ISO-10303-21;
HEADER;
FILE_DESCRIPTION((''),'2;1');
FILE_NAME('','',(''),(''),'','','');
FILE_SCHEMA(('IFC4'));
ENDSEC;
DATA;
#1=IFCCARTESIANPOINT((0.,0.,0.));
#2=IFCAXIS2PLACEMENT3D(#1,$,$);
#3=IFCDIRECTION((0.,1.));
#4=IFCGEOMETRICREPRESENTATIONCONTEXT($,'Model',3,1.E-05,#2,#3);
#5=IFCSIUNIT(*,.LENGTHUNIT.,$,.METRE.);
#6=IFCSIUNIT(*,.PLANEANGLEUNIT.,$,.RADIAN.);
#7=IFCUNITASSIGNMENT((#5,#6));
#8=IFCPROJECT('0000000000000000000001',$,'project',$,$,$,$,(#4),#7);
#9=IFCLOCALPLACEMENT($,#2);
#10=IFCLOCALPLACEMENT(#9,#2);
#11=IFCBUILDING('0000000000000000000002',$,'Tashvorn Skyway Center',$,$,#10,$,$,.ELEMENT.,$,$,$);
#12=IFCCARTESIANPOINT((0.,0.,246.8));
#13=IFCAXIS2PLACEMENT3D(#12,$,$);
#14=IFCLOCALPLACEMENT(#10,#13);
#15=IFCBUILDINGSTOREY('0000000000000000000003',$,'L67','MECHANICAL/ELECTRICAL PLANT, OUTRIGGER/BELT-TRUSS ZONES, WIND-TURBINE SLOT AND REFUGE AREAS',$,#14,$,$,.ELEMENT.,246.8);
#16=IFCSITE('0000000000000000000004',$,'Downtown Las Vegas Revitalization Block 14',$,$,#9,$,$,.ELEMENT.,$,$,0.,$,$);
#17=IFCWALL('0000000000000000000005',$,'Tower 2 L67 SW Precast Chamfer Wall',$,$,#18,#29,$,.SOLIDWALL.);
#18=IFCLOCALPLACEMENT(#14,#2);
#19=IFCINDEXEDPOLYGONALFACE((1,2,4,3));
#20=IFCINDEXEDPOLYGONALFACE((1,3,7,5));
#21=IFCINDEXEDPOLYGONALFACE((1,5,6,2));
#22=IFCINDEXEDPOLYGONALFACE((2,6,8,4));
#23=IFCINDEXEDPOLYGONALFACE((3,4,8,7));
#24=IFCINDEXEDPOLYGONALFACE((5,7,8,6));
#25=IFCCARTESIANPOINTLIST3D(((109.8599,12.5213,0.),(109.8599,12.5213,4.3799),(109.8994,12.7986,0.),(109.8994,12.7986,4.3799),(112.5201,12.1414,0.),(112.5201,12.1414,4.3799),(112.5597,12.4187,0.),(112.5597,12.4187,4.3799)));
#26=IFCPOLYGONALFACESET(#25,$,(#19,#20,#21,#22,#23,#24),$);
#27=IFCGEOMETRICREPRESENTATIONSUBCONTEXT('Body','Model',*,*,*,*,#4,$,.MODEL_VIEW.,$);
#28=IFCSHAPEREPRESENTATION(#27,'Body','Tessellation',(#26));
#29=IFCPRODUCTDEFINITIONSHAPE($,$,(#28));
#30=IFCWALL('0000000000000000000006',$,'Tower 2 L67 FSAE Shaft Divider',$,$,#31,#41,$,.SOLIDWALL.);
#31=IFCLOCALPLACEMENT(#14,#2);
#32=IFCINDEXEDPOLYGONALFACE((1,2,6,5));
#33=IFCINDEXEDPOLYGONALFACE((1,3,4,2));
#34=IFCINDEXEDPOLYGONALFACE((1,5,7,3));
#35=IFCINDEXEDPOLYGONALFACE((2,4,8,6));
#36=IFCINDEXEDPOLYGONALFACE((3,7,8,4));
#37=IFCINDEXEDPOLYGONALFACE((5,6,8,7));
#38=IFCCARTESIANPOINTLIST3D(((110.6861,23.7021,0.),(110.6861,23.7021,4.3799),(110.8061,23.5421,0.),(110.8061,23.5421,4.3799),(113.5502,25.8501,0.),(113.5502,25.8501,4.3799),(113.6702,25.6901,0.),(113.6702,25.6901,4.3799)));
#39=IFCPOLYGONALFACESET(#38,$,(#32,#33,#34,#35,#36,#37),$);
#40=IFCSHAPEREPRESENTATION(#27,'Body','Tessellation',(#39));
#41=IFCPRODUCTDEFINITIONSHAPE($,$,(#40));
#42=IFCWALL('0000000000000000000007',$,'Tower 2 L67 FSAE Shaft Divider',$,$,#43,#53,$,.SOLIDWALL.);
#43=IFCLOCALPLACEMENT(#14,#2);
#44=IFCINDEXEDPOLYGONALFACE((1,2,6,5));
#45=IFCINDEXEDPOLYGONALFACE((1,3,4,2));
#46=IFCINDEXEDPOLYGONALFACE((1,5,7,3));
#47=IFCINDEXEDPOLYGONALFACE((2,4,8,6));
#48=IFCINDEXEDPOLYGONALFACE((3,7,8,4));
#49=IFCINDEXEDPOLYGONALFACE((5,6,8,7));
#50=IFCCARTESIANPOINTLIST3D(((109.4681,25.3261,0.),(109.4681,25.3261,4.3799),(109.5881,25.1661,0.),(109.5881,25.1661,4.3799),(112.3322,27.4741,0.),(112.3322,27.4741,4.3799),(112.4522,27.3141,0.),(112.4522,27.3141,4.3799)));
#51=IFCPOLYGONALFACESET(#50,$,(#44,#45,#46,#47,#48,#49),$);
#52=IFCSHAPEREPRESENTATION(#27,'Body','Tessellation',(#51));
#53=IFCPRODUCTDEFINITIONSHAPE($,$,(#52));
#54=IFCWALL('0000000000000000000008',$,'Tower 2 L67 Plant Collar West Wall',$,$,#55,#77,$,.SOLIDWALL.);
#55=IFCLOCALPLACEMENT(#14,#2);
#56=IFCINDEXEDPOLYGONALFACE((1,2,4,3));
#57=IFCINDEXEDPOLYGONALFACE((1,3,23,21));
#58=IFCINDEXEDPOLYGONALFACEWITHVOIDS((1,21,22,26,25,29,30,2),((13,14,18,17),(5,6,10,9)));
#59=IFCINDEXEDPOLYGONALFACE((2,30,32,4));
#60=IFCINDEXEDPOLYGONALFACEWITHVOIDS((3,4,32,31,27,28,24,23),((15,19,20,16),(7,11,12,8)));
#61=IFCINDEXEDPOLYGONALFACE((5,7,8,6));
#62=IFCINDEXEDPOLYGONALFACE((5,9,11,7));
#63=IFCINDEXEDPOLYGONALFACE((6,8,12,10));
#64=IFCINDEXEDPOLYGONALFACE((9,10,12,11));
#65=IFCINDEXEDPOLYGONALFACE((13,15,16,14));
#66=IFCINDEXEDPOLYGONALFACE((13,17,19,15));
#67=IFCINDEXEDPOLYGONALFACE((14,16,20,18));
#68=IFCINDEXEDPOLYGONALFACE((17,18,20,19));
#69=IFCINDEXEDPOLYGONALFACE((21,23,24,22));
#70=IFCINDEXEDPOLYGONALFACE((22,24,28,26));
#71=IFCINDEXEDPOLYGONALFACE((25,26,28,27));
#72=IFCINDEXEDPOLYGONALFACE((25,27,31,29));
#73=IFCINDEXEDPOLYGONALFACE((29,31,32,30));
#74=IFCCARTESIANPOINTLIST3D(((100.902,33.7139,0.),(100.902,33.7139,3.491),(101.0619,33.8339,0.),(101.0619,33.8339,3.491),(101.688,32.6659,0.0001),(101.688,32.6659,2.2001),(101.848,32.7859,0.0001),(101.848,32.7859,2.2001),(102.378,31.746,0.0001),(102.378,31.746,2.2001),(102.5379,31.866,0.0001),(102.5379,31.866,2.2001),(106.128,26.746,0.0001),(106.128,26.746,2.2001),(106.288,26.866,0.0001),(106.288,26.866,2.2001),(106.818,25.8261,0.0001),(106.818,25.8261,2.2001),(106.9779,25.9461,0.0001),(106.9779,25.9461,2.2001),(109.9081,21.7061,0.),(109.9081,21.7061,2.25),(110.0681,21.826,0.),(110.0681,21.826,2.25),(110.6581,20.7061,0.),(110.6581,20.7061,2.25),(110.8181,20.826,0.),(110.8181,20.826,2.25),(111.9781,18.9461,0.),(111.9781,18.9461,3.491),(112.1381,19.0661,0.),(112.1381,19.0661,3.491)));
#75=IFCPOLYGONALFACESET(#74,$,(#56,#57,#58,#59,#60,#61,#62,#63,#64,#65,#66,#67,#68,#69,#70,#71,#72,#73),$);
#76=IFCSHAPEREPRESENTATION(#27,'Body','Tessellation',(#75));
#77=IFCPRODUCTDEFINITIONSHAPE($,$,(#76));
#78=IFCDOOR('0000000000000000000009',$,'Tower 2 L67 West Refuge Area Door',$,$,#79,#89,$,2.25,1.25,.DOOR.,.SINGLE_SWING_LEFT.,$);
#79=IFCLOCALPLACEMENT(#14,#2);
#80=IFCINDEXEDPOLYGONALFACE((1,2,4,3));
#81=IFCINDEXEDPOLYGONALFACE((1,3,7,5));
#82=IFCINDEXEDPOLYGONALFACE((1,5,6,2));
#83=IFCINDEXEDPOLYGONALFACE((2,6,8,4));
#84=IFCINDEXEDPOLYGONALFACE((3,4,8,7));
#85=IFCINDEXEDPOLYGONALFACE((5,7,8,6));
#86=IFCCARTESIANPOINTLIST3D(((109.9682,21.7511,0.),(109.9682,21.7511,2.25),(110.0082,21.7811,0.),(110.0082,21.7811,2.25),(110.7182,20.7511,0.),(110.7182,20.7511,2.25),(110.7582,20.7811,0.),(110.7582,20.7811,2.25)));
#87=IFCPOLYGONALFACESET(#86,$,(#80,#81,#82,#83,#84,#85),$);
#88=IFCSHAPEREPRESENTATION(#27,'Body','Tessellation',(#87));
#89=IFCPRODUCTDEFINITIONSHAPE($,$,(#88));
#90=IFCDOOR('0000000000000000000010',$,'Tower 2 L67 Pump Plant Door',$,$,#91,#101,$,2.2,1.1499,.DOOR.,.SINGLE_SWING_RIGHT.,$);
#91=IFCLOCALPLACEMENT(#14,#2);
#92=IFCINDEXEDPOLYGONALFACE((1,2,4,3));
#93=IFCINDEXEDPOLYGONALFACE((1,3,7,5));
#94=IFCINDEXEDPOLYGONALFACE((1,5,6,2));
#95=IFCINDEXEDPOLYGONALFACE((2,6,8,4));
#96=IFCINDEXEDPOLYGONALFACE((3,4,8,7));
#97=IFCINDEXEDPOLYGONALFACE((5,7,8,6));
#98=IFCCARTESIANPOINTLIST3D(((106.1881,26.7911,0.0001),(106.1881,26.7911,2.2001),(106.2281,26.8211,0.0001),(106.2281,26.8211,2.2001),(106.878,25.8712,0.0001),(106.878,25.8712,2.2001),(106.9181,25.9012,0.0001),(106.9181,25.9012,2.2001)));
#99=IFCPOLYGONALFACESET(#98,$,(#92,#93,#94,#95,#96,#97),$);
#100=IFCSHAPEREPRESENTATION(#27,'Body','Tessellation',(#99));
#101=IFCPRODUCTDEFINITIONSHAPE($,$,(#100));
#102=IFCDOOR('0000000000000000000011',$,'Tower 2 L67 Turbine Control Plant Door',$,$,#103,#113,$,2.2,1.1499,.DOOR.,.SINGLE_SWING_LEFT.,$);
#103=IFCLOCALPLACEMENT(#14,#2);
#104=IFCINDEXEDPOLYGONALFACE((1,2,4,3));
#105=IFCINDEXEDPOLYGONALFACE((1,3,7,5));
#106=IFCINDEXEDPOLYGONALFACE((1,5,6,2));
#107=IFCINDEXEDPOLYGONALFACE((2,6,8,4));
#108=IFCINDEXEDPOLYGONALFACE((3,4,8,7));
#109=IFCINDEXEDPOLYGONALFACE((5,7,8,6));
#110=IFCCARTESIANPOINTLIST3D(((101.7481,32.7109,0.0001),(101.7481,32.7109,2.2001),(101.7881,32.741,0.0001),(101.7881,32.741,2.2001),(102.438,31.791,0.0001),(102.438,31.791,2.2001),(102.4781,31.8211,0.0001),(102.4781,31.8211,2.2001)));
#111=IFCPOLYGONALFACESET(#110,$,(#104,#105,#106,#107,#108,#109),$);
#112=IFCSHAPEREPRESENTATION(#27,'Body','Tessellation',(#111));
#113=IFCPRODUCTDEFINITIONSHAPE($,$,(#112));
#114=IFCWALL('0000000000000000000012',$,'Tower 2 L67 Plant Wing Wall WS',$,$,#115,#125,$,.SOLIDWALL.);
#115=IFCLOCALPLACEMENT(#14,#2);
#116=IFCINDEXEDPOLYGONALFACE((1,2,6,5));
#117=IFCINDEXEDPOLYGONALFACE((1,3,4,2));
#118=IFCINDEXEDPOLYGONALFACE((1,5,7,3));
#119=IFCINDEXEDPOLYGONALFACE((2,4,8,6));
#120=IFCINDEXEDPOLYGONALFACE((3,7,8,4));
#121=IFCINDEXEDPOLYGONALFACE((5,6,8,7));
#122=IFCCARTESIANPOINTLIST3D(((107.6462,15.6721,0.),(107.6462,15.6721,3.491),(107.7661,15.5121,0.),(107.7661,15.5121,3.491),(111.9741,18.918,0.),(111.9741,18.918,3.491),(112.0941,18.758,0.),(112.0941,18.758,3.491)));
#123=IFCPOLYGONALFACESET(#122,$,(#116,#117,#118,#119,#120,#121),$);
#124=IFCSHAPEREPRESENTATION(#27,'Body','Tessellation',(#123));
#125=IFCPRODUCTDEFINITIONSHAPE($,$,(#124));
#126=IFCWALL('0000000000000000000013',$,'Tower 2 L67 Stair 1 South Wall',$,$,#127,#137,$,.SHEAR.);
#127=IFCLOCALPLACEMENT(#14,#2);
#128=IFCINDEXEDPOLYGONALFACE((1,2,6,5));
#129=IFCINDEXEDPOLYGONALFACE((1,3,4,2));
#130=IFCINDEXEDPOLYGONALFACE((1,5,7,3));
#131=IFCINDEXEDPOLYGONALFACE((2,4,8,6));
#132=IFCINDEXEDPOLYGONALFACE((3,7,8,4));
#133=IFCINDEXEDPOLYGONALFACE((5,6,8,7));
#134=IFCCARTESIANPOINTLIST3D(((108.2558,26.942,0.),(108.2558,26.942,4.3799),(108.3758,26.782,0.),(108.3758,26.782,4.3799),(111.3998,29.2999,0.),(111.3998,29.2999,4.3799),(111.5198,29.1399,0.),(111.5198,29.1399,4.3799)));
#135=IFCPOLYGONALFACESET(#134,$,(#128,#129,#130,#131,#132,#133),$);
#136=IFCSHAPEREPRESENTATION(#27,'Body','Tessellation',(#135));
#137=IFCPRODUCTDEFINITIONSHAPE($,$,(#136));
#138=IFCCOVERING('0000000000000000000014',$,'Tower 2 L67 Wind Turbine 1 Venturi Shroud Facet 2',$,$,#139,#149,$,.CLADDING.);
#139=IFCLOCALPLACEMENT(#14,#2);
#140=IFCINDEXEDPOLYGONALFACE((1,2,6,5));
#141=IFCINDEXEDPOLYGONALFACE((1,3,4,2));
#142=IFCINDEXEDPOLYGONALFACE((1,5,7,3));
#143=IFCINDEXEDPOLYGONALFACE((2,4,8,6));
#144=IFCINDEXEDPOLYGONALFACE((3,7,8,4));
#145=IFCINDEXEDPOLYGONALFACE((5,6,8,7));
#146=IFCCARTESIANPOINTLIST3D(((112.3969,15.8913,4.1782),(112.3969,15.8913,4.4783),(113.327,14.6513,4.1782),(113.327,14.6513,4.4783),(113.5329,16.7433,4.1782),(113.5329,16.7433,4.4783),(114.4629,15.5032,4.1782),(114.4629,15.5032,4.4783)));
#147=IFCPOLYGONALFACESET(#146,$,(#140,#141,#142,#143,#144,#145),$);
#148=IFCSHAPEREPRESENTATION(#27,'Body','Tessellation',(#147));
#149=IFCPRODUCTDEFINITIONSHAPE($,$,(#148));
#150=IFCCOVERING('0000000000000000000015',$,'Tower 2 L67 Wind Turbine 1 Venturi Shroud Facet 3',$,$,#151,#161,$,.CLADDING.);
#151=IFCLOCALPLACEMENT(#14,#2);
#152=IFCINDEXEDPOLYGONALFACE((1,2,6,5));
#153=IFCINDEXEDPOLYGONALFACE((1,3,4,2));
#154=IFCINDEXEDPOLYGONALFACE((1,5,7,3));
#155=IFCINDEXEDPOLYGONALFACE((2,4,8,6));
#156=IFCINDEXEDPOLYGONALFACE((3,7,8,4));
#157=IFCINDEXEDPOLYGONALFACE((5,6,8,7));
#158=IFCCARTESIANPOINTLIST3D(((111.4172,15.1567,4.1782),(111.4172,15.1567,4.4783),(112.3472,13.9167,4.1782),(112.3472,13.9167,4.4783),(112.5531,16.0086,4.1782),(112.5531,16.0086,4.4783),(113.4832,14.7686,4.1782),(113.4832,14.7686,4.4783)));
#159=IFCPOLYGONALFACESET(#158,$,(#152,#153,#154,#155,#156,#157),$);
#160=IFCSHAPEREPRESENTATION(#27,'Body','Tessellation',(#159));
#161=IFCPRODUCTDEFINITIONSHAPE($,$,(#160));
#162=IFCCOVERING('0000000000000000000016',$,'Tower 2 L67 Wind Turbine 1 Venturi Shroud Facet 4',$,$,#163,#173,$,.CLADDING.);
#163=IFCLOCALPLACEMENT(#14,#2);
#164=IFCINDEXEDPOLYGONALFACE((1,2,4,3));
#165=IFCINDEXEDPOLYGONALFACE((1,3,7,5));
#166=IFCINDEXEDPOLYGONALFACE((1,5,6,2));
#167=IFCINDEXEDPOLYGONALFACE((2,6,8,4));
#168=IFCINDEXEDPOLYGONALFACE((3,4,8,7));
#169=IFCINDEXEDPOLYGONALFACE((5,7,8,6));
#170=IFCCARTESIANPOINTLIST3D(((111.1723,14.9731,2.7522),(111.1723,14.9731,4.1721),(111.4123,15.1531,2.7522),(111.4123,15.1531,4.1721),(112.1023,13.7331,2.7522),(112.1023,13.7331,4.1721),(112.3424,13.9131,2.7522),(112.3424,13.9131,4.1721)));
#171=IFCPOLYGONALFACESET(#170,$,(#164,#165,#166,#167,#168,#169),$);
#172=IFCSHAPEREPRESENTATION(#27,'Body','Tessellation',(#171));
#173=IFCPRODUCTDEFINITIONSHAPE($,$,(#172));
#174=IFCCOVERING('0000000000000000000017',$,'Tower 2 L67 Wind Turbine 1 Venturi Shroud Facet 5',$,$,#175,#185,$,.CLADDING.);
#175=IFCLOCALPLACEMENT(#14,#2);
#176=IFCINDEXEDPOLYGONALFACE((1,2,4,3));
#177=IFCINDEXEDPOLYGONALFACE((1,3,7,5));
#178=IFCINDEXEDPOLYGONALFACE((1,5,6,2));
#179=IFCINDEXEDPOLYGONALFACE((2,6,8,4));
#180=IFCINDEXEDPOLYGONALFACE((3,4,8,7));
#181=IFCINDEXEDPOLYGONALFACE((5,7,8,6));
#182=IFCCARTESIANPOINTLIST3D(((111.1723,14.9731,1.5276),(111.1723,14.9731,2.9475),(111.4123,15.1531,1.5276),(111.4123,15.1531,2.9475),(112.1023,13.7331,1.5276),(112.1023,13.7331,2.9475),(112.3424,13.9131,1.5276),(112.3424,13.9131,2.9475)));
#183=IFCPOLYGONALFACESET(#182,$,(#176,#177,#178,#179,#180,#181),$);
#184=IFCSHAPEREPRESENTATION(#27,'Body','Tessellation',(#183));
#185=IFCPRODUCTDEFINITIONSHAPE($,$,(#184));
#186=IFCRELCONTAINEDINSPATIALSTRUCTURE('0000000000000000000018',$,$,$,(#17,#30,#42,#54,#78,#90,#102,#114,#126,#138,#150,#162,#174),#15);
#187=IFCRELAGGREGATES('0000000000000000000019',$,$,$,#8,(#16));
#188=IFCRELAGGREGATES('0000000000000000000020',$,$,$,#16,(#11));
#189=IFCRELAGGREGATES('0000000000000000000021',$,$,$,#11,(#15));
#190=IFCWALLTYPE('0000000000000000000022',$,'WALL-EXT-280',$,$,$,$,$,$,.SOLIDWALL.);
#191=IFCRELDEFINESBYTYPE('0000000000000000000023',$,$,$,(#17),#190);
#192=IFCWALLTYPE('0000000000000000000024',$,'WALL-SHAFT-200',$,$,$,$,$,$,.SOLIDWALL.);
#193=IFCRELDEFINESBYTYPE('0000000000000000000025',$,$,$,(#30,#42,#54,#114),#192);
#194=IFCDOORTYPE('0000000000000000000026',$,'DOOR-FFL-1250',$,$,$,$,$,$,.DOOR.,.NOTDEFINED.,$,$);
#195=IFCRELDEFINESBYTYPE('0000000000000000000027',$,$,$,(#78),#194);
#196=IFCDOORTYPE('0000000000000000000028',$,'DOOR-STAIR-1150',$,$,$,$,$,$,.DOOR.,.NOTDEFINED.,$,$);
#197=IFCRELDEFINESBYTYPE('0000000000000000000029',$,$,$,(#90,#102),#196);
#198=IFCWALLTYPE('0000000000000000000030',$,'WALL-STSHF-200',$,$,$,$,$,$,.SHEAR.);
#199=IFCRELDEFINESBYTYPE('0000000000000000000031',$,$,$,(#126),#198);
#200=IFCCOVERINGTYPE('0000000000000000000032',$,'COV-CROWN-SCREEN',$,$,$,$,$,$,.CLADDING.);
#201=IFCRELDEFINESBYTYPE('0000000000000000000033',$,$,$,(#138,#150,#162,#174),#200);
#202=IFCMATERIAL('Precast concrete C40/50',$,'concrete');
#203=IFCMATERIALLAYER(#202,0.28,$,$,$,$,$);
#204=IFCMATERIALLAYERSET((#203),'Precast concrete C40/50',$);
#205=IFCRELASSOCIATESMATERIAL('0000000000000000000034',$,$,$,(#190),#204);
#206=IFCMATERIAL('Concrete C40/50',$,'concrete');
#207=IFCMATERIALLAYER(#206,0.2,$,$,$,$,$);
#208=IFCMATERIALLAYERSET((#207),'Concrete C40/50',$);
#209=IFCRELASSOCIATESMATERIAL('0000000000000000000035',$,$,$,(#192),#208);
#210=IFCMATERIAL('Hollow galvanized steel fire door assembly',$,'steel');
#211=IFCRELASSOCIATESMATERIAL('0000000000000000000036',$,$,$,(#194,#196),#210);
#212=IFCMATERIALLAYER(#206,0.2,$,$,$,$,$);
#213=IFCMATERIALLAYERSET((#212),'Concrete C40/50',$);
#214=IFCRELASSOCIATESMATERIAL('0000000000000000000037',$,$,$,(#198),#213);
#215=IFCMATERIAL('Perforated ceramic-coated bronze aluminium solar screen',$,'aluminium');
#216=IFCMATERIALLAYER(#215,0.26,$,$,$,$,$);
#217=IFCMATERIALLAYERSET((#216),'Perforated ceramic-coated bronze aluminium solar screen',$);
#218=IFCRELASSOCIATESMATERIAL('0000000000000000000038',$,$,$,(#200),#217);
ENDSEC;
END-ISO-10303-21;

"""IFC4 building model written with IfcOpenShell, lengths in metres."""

from ifc_helpers import new_model, si_unit, direction, frame, frame_2d, origin, origin_2d, place, context, subcontext, project, spatial, rectangle, extrude, material, layer, layer_set, type_object, element, fill, save


model = new_model("IFC4")

# Units and contexts
model_context = context("Model", 3, precision=1e-05, world=origin(), true_north=direction((0.0, 1.0)))
body_context = subcontext(model_context, "Body", "Model", "MODEL_VIEW")
ifc_project = project(units=[si_unit("LENGTHUNIT", "METRE"), si_unit("PLANEANGLEUNIT", "RADIAN")], contexts=[model_context])

# Site, building, storey
site_placement = place(None, origin())
site = spatial("IfcSite", under=ifc_project, at=site_placement, Name="Downtown Las Vegas Revitalization Block 14", CompositionType="ELEMENT", RefElevation=0.0)
building_placement = place(site_placement, origin())
building = spatial("IfcBuilding", under=site, at=building_placement, Name="Tashvorn Skyway Center", CompositionType="ELEMENT")
storey_placement = place(building_placement, frame((0.0, 0.0, 246.8)))
storey = spatial("IfcBuildingStorey", under=building, at=storey_placement, Name="L67", Description="MECHANICAL/ELECTRICAL PLANT, OUTRIGGER/BELT-TRUSS ZONES, WIND-TURBINE SLOT AND REFUGE AREAS", CompositionType="ELEMENT", Elevation=246.8)

# Walls
ifc_material_1 = material(Name="Precast concrete C40/50", Category="concrete")
ifc_layer_1 = layer(ifc_material_1, 0.28)
ifc_layer_set_1 = layer_set([ifc_layer_1], Name="Precast concrete C40/50")
wall_type_1 = type_object("IfcWallType", Name="WALL-EXT-280", PredefinedType="SOLIDWALL", material=ifc_layer_set_1)
wall_1_placement = place(storey_placement, frame((112.54, 12.28, 0.0), z_axis=(0.0, 0.0, 1.0), x_axis=(-0.989957, 0.14137, 0.0)))
element("IfcWall", 1, at=wall_1_placement, inside=storey, type_object=wall_type_1, Name="Tower 2 L67 SW Precast Chamfer Wall", PredefinedType="SOLIDWALL", context=body_context, shape_type="SweptSolid", body=[
    extrude(rectangle(XDim=2.6873, YDim=0.28, at=frame_2d((1.3438, 0.0))), origin(), (0.0, 0.0, 1.0), 4.3799),
])
ifc_material_2 = material(Name="Concrete C40/50", Category="concrete")
ifc_layer_2 = layer(ifc_material_2, 0.2)
ifc_layer_set_2 = layer_set([ifc_layer_2], Name="Concrete C40/50")
wall_type_2 = type_object("IfcWallType", Name="WALL-SHAFT-200", PredefinedType="SOLIDWALL", material=ifc_layer_set_2)
for number, where, z_axis, x_axis, name in (
    (2, (110.7461, 23.6221, 0.0), (0.0, 0.0, 1.0), (0.800008, 0.599989, 0.0), "Tower 2 L67 FSAE Shaft Divider"),
    (3, (109.5281, 25.2461, 0.0), (0.0, 0.0, 1.0), (0.800008, 0.599989, 0.0), "Tower 2 L67 FSAE Shaft Divider"),
):
    element("IfcWall", number, at=place(storey_placement, frame(where, z_axis=z_axis, x_axis=x_axis)), inside=storey, type_object=wall_type_2, Name=name, PredefinedType="SOLIDWALL", context=body_context, shape_type="SweptSolid", body=[
        extrude(rectangle(XDim=3.5801, YDim=0.2, at=frame_2d((1.79, 0.0))), origin(), (0.0, 0.0, 1.0), 4.3799),
    ])

# Wall, openings, doors
wall_2_placement = place(storey_placement, frame((112.0581, 19.0061, 0.0), z_axis=(0.0, 0.0, 1.0), x_axis=(-0.600011, 0.799992, 0.0)))
wall_2 = element("IfcWall", 4, at=wall_2_placement, inside=storey, type_object=wall_type_2, Name="Tower 2 L67 Plant Collar West Wall", PredefinedType="SOLIDWALL", context=body_context, shape_type="SweptSolid", body=[
    extrude(rectangle(XDim=18.46, YDim=0.2, at=frame_2d((9.23, 0.0))), origin(), (0.0, 0.0, 1.0), 3.491),
])
opening_1_placement = place(wall_2_placement, frame((2.2, 0.0, 0.0)))
opening_1 = element("IfcOpeningElement", 5, at=opening_1_placement, cuts=wall_2, PredefinedType="OPENING", context=body_context, shape_type="SweptSolid", body=[
    extrude(rectangle(XDim=1.25, YDim=2.25, at=frame_2d((0.625, 1.125))), frame((0.0, 0.1099, 0.0), z_axis=(0.0, -1.0, 0.0), x_axis=(1.0, 0.0, 0.0)), (0.0, 0.0, 1.0), 0.22),
])
opening_2_placement = place(wall_2_placement, frame((8.6001, 0.0, 0.0)))
opening_2 = element("IfcOpeningElement", 6, at=opening_2_placement, cuts=wall_2, PredefinedType="OPENING", context=body_context, shape_type="SweptSolid", body=[
    extrude(rectangle(XDim=1.1499, YDim=2.2, at=frame_2d((0.575, 1.1001))), frame((0.0, 0.1099, 0.0), z_axis=(0.0, -1.0, 0.0), x_axis=(1.0, 0.0, 0.0)), (0.0, 0.0, 1.0), 0.22),
])
opening_3_placement = place(wall_2_placement, frame((16.0, 0.0, 0.0)))
opening_3 = element("IfcOpeningElement", 7, at=opening_3_placement, cuts=wall_2, PredefinedType="OPENING", context=body_context, shape_type="SweptSolid", body=[
    extrude(rectangle(XDim=1.1499, YDim=2.2, at=frame_2d((0.575, 1.1001))), frame((0.0, 0.1099, 0.0), z_axis=(0.0, -1.0, 0.0), x_axis=(1.0, 0.0, 0.0)), (0.0, 0.0, 1.0), 0.22),
])
ifc_material_3 = material(Name="Hollow galvanized steel fire door assembly", Category="steel")
door_type_1 = type_object("IfcDoorType", Name="DOOR-FFL-1250", OperationType="NOTDEFINED", PredefinedType="DOOR", material=ifc_material_3)
door_1_placement = place(opening_1_placement, origin())
door_1 = element("IfcDoor", 8, at=door_1_placement, inside=storey, type_object=door_type_1, Name="Tower 2 L67 West Refuge Area Door", OperationType="SINGLE_SWING_LEFT", OverallHeight=2.25, OverallWidth=1.25, PredefinedType="DOOR", context=body_context, shape_type="SweptSolid", body=[
    extrude(rectangle(XDim=1.25, YDim=2.25, at=frame_2d((0.625, 1.125))), frame((0.0, 0.0249, 0.0), z_axis=(0.0, -1.0, 0.0), x_axis=(1.0, 0.0, 0.0)), (0.0, 0.0, 1.0), 0.05),
])
fill(opening_1, door_1)
door_type_2 = type_object("IfcDoorType", Name="DOOR-STAIR-1150", OperationType="NOTDEFINED", PredefinedType="DOOR", material=ifc_material_3)
door_2_placement = place(opening_2_placement, origin())
door_2 = element("IfcDoor", 9, at=door_2_placement, inside=storey, type_object=door_type_2, Name="Tower 2 L67 Pump Plant Door", OperationType="SINGLE_SWING_RIGHT", OverallHeight=2.2, OverallWidth=1.1499, PredefinedType="DOOR", context=body_context, shape_type="SweptSolid", body=[
    extrude(rectangle(XDim=1.1499, YDim=2.2, at=frame_2d((0.575, 1.1001))), frame((0.0, 0.0249, 0.0), z_axis=(0.0, -1.0, 0.0), x_axis=(1.0, 0.0, 0.0)), (0.0, 0.0, 1.0), 0.05),
])
fill(opening_2, door_2)
door_3_placement = place(opening_3_placement, origin())
door_3 = element("IfcDoor", 10, at=door_3_placement, inside=storey, type_object=door_type_2, Name="Tower 2 L67 Turbine Control Plant Door", OperationType="SINGLE_SWING_LEFT", OverallHeight=2.2, OverallWidth=1.1499, PredefinedType="DOOR", context=body_context, shape_type="SweptSolid", body=[
    extrude(rectangle(XDim=1.1499, YDim=2.2, at=frame_2d((0.575, 1.1001))), frame((0.0, 0.0249, 0.0), z_axis=(0.0, -1.0, 0.0), x_axis=(1.0, 0.0, 0.0)), (0.0, 0.0, 1.0), 0.05),
])
fill(opening_3, door_3)

# Walls
wall_3_placement = place(storey_placement, frame((107.7061, 15.592, 0.0), z_axis=(0.0, 0.0, 1.0), x_axis=(0.800005, 0.599993, 0.0)))
element("IfcWall", 11, at=wall_3_placement, inside=storey, type_object=wall_type_2, Name="Tower 2 L67 Plant Wing Wall WS", PredefinedType="SOLIDWALL", context=body_context, shape_type="SweptSolid", body=[
    extrude(rectangle(XDim=5.4099, YDim=0.2, at=frame_2d((2.7051, 0.0))), origin(), (0.0, 0.0, 1.0), 3.491),
])
ifc_layer_3 = layer(ifc_material_2, 0.2)
ifc_layer_set_3 = layer_set([ifc_layer_3], Name="Concrete C40/50")
wall_type_3 = type_object("IfcWallType", Name="WALL-STSHF-200", PredefinedType="SHEAR", material=ifc_layer_set_3)
wall_4_placement = place(storey_placement, frame((108.3159, 26.8621, 0.0), z_axis=(0.0, 0.0, 1.0), x_axis=(0.800015, 0.59998, 0.0)))
element("IfcWall", 12, at=wall_4_placement, inside=storey, type_object=wall_type_3, Name="Tower 2 L67 Stair 1 South Wall", PredefinedType="SHEAR", context=body_context, shape_type="SweptSolid", body=[
    extrude(rectangle(XDim=3.9299, YDim=0.2, at=frame_2d((1.9648, 0.0))), origin(), (0.0, 0.0, 1.0), 4.3799),
])

# Coverings
ifc_material_4 = material(Name="Perforated ceramic-coated bronze aluminium solar screen", Category="aluminium")
ifc_layer_4 = layer(ifc_material_4, 0.26)
ifc_layer_set_4 = layer_set([ifc_layer_4], Name="Perforated ceramic-coated bronze aluminium solar screen")
covering_type_1 = type_object("IfcCoveringType", Name="COV-CROWN-SCREEN", PredefinedType="CLADDING", material=ifc_layer_set_4)
for number, where, z_axis, x_axis, name in (
    (13, (113.4299, 15.6973, 4.1782), (0.0, 0.0, 1.0), (0.8, 0.6, 0.0), "Tower 2 L67 Wind Turbine 1 Venturi Shroud Facet 2"),
    (14, (112.4502, 14.9626, 4.1782), (0.0, 0.0, 1.0), (0.8, 0.6, 0.0), "Tower 2 L67 Wind Turbine 1 Venturi Shroud Facet 3"),
):
    element("IfcCovering", number, at=place(storey_placement, frame(where, z_axis=z_axis, x_axis=x_axis)), inside=storey, type_object=covering_type_1, Name=name, PredefinedType="CLADDING", context=body_context, shape_type="SweptSolid", body=[
        extrude(rectangle(XDim=1.4199, YDim=1.55, at=origin_2d()), origin(), (0.0, 0.0, 1.0), 0.3),
    ])
for number, where, z_axis, x_axis, name in (
    (15, (111.7573, 14.4431, 2.7522), (0.0, 0.0, 1.0), (0.8, 0.6, 0.0), "Tower 2 L67 Wind Turbine 1 Venturi Shroud Facet 4"),
    (16, (111.7573, 14.4431, 1.5276), (0.0, 0.0, 1.0), (0.8, 0.6, 0.0), "Tower 2 L67 Wind Turbine 1 Venturi Shroud Facet 5"),
):
    element("IfcCovering", number, at=place(storey_placement, frame(where, z_axis=z_axis, x_axis=x_axis)), inside=storey, type_object=covering_type_1, Name=name, PredefinedType="CLADDING", context=body_context, shape_type="SweptSolid", body=[
        extrude(rectangle(XDim=0.3, YDim=1.55, at=origin_2d()), origin(), (0.0, 0.0, 1.0), 1.4199),
    ])

save(model, "model.ifc")
